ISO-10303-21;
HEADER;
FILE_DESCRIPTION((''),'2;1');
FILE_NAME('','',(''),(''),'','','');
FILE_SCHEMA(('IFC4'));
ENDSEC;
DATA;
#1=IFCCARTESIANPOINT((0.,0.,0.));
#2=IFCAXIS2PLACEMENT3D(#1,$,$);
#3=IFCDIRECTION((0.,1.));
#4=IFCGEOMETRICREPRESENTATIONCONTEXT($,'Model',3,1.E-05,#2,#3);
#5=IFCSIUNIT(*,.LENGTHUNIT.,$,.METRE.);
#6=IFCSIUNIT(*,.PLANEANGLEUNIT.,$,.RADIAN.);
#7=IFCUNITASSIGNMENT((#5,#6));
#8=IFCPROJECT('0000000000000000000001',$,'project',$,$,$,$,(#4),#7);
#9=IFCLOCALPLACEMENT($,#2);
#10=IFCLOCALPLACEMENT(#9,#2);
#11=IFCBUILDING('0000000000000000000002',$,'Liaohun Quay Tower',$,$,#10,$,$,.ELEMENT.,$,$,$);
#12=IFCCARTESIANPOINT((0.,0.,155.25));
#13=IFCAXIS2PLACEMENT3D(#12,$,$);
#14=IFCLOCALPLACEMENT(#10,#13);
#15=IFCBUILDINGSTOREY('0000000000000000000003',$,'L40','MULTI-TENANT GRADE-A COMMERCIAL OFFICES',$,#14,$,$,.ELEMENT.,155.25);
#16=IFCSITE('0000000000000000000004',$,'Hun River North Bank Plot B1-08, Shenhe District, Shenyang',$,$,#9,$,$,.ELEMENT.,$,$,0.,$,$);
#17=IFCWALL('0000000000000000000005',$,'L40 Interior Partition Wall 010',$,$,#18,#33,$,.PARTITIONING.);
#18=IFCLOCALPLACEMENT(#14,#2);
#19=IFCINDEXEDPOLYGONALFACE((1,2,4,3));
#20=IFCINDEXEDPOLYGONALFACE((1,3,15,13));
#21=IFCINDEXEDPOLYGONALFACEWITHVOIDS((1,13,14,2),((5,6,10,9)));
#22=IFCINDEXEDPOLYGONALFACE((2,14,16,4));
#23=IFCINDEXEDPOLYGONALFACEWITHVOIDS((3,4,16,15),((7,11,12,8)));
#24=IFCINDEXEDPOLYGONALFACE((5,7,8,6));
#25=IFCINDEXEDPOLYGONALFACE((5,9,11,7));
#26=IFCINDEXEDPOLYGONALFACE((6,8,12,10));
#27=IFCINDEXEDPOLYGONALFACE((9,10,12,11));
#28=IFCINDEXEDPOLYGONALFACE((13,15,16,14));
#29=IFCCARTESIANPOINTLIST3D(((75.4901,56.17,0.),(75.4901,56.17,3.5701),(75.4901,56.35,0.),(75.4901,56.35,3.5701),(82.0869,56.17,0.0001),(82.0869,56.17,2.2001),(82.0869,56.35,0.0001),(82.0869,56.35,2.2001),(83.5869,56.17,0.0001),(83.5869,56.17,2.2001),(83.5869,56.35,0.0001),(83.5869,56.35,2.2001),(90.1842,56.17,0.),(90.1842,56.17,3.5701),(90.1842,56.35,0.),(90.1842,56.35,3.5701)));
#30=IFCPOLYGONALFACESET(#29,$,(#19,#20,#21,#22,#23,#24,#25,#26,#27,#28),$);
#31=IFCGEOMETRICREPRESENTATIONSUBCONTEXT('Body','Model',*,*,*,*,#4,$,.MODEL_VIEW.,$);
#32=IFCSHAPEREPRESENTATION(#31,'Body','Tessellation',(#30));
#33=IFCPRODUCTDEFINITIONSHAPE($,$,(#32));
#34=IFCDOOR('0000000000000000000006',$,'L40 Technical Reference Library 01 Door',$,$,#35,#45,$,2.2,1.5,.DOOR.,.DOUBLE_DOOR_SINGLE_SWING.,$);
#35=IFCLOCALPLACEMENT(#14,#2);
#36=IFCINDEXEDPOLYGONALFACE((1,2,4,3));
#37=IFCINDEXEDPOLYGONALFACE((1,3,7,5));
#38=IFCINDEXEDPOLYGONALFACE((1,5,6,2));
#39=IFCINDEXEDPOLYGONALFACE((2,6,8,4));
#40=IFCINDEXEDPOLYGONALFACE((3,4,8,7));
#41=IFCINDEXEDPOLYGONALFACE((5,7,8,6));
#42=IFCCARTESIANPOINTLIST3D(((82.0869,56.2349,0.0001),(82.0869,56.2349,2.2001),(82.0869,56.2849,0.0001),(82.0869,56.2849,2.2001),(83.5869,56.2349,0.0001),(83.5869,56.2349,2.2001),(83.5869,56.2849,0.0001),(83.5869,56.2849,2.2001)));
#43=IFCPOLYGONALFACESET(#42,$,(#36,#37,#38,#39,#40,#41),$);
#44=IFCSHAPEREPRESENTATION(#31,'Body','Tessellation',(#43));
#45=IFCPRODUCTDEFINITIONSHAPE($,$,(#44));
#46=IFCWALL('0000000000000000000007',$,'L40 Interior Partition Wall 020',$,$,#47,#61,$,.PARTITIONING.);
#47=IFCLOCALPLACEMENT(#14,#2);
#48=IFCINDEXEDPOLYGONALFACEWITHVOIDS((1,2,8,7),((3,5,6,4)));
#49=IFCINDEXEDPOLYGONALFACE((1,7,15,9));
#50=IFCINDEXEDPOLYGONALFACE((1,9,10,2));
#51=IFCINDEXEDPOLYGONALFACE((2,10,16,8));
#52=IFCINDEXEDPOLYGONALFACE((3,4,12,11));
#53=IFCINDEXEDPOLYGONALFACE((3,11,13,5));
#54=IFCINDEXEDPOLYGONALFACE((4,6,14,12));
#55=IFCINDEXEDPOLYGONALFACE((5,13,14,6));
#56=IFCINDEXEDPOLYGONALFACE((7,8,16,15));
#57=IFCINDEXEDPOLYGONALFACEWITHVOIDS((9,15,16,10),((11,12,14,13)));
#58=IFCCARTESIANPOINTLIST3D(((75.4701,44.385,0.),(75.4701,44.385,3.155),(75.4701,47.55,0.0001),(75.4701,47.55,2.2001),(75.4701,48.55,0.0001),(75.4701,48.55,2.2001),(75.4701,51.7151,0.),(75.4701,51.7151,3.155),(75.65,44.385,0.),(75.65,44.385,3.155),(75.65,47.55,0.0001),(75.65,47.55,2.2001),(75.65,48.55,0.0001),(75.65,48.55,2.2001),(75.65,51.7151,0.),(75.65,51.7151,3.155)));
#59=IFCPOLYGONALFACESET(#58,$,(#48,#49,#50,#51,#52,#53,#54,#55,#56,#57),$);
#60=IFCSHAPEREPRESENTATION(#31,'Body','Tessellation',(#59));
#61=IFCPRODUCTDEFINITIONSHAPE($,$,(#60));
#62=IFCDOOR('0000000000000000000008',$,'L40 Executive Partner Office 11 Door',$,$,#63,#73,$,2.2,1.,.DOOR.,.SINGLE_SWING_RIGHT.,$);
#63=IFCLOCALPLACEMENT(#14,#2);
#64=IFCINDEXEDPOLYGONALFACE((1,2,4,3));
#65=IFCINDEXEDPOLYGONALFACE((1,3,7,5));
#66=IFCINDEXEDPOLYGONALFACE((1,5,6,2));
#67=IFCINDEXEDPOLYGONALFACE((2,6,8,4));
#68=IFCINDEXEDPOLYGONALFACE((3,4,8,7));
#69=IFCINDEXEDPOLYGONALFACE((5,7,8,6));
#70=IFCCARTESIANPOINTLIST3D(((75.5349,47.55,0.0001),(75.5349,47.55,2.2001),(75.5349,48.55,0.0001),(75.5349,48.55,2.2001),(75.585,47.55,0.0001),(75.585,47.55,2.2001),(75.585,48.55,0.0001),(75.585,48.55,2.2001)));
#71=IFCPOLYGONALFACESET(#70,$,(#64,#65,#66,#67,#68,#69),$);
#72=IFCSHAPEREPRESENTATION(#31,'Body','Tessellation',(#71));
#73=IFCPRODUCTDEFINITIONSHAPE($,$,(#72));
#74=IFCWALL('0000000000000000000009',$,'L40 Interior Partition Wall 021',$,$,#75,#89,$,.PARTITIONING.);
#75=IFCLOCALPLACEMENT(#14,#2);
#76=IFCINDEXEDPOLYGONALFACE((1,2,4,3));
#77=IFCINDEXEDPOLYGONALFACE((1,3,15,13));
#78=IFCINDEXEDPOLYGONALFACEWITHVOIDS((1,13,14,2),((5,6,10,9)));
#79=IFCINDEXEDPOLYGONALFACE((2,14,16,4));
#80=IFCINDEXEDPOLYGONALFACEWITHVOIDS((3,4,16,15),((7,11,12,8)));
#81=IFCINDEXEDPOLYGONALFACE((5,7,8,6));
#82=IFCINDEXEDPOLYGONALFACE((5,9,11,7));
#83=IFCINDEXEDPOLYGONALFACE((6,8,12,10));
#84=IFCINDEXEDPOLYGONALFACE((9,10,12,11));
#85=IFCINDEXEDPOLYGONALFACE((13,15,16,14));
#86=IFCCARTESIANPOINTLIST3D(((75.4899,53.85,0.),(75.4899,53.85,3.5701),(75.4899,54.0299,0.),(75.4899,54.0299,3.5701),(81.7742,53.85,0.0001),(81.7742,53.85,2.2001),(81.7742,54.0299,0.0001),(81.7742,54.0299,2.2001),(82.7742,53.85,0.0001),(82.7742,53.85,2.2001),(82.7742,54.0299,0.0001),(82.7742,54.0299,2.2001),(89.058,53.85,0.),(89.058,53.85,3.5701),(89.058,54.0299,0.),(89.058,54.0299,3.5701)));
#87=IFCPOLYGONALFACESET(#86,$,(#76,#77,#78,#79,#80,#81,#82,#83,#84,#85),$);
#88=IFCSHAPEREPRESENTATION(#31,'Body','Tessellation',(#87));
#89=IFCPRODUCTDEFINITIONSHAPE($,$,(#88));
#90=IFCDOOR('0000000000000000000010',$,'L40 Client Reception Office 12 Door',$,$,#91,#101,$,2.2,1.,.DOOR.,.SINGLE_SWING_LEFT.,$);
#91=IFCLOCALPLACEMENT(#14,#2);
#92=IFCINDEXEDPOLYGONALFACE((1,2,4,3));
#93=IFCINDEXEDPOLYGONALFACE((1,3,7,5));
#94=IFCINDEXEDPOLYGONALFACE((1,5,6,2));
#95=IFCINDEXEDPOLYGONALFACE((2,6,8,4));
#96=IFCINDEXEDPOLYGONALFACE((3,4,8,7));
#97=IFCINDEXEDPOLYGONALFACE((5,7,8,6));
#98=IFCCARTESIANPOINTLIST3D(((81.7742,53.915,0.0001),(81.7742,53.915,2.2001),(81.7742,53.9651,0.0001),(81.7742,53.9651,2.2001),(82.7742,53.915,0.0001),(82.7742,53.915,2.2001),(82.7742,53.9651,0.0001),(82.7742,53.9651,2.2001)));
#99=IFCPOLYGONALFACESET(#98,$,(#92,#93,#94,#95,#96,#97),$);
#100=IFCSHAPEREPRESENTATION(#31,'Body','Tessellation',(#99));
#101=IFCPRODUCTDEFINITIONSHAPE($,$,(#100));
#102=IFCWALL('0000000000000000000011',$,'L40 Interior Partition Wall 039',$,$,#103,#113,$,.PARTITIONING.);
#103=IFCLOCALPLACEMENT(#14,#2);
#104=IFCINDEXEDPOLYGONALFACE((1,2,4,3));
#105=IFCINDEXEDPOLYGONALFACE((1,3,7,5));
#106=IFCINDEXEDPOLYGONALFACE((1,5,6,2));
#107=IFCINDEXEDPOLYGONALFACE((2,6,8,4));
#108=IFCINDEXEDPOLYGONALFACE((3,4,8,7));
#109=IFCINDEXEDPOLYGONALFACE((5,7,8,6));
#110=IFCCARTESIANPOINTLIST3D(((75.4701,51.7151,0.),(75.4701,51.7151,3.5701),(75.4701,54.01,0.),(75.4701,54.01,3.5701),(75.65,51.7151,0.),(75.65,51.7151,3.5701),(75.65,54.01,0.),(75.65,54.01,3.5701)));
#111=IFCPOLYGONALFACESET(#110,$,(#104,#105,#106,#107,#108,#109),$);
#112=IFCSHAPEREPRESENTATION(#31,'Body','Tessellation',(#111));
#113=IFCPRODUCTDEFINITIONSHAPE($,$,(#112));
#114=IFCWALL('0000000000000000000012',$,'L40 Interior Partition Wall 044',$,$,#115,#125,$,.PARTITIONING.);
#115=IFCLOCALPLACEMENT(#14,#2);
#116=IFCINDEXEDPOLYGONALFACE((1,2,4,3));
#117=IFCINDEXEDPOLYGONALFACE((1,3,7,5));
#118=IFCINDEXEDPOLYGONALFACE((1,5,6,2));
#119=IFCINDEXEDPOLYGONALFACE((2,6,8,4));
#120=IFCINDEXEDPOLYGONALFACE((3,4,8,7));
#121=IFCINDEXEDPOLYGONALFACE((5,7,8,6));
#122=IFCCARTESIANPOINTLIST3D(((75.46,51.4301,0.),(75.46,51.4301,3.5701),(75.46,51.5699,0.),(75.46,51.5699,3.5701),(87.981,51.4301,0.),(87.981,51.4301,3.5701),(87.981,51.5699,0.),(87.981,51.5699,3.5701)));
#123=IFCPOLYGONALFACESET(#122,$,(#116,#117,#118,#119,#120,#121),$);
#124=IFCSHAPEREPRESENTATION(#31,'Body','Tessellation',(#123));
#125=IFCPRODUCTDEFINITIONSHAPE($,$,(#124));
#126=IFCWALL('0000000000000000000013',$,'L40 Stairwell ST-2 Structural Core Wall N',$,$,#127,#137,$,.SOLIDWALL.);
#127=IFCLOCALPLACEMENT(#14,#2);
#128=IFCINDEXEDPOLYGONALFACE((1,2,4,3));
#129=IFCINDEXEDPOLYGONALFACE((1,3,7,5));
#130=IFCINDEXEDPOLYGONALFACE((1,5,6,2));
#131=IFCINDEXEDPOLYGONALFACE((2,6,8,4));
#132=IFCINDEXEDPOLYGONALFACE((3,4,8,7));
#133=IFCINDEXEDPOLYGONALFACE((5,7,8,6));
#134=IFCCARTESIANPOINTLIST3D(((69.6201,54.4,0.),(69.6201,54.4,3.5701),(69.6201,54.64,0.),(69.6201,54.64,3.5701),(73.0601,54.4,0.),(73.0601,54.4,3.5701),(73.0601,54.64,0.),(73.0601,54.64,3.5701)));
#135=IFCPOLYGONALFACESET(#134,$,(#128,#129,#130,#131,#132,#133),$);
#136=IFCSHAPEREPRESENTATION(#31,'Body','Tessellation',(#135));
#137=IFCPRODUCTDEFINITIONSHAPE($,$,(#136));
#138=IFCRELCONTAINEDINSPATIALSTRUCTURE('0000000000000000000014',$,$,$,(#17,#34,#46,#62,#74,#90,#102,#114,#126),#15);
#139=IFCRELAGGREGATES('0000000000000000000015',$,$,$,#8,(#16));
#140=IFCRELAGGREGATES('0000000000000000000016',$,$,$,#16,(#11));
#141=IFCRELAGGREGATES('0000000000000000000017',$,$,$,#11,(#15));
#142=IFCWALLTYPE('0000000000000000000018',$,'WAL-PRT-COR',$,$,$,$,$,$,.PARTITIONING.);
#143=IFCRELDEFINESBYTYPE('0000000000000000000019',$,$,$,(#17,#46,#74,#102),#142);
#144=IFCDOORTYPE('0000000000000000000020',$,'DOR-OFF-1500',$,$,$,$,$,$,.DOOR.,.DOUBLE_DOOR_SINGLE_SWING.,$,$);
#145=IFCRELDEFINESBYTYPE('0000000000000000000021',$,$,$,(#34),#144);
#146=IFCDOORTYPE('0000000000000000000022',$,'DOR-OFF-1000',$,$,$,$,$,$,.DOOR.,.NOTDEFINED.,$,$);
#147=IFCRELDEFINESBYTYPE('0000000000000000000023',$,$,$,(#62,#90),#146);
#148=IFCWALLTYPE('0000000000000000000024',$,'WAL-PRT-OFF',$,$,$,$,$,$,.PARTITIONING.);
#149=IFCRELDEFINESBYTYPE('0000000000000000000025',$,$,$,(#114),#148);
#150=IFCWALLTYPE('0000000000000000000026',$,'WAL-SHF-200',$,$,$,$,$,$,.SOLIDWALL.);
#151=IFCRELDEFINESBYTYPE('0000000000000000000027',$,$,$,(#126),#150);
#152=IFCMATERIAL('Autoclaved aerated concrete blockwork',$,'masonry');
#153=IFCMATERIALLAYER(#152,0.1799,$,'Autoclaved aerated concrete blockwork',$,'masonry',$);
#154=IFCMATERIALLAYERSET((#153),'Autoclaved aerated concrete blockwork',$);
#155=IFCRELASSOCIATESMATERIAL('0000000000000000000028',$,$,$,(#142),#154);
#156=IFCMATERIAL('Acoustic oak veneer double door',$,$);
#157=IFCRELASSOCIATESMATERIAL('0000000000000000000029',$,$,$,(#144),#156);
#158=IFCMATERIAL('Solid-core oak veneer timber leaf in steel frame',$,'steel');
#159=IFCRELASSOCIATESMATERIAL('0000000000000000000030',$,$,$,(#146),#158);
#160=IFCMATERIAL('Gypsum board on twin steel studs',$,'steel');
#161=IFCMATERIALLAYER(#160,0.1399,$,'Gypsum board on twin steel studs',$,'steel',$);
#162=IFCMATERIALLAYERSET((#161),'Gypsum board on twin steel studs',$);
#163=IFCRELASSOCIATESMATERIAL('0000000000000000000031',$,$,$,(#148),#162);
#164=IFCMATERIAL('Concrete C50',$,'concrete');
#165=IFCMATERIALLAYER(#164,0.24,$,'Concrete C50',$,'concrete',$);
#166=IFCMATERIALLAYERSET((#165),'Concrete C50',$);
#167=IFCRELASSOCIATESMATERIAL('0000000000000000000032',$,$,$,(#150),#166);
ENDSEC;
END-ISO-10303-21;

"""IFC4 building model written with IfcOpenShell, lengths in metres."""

from ifc_helpers import new_model, si_unit, direction, frame, frame_2d, origin, place, context, subcontext, project, spatial, rectangle, extrude, source, transform, mapped, material, layer, layer_set, type_object, element, fill, save


model = new_model("IFC4")

# Units and contexts
model_context = context("Model", 3, precision=1e-05, world=origin(), true_north=direction((0.0, 1.0)))
body_context = subcontext(model_context, "Body", "Model", "MODEL_VIEW")
ifc_project = project(units=[si_unit("LENGTHUNIT", "METRE"), si_unit("PLANEANGLEUNIT", "RADIAN")], contexts=[model_context])

# Site, building, storey
site_placement = place(None, origin())
site = spatial("IfcSite", under=ifc_project, at=site_placement, Name="Hun River North Bank Plot B1-08, Shenhe District, Shenyang", CompositionType="ELEMENT", RefElevation=0.0)
building_placement = place(site_placement, origin())
building = spatial("IfcBuilding", under=site, at=building_placement, Name="Liaohun Quay Tower", CompositionType="ELEMENT")
storey_placement = place(building_placement, frame((0.0, 0.0, 155.25)))
storey = spatial("IfcBuildingStorey", under=building, at=storey_placement, Name="L40", Description="MULTI-TENANT GRADE-A COMMERCIAL OFFICES", CompositionType="ELEMENT", Elevation=155.25)

# Walls, openings, doors
ifc_material_1 = material(Name="Autoclaved aerated concrete blockwork", Category="masonry")
ifc_layer_1 = layer(ifc_material_1, 0.1799, Name="Autoclaved aerated concrete blockwork", Category="masonry")
ifc_layer_set_1 = layer_set([ifc_layer_1], Name="Autoclaved aerated concrete blockwork")
wall_type_1 = type_object("IfcWallType", Name="WAL-PRT-COR", PredefinedType="PARTITIONING", material=ifc_layer_set_1)
wall_1_placement = place(storey_placement, frame((75.49, 56.26, 0.0), z_axis=(0.0, 0.0, 1.0), x_axis=(1.0, 0.0, 0.0)))
wall_1 = element("IfcWall", 1, at=wall_1_placement, inside=storey, type_object=wall_type_1, Name="L40 Interior Partition Wall 010", PredefinedType="PARTITIONING", context=body_context, shape_type="SweptSolid", body=[
    extrude(rectangle(XDim=14.6941, YDim=0.1799, at=frame_2d((7.3472, 0.0))), origin(), (0.0, 0.0, 1.0), 3.5701),
])
shared_shape_1 = source(origin(), body_context, "Body", "SweptSolid", [
    extrude(rectangle(XDim=1.5, YDim=2.2, at=frame_2d((0.75, 1.1001))), frame((0.0, 0.0999, 0.0), z_axis=(0.0, -1.0, 0.0), x_axis=(1.0, 0.0, 0.0)), (0.0, 0.0, 1.0), 0.2),
])
opening_1_placement = place(wall_1_placement, frame((6.5969, 0.0, 0.0)))
opening_1 = element("IfcOpeningElement", 2, at=opening_1_placement, cuts=wall_1, PredefinedType="OPENING", context=body_context, shape_type="MappedRepresentation", body=[
    mapped(shared_shape_1, transform((0.0, 0.0, 0.0), x_axis=(1.0, 0.0, 0.0), y_axis=(0.0, 1.0, 0.0), z_axis=(0.0, 0.0, 1.0), scale=1.0)),
])
ifc_material_2 = material(Name="Acoustic oak veneer double door")
door_type_1 = type_object("IfcDoorType", Name="DOR-OFF-1500", OperationType="DOUBLE_DOOR_SINGLE_SWING", PredefinedType="DOOR", material=ifc_material_2)
shared_shape_2 = source(origin(), body_context, "Body", "SweptSolid", [
    extrude(rectangle(XDim=1.5, YDim=2.2, at=frame_2d((0.75, 1.1001))), frame((0.0, 0.0249, 0.0), z_axis=(0.0, -1.0, 0.0), x_axis=(1.0, 0.0, 0.0)), (0.0, 0.0, 1.0), 0.05),
])
door_1_placement = place(opening_1_placement, origin())
door_1 = element("IfcDoor", 3, at=door_1_placement, inside=storey, type_object=door_type_1, Name="L40 Technical Reference Library 01 Door", OperationType="DOUBLE_DOOR_SINGLE_SWING", OverallHeight=2.2, OverallWidth=1.5, PredefinedType="DOOR", context=body_context, shape_type="MappedRepresentation", body=[
    mapped(shared_shape_2, transform((0.0, 0.0, 0.0), x_axis=(1.0, 0.0, 0.0), y_axis=(0.0, 1.0, 0.0), z_axis=(0.0, 0.0, 1.0), scale=1.0)),
])
fill(opening_1, door_1)
wall_2_placement = place(storey_placement, frame((75.5601, 51.7151, 0.0), z_axis=(0.0, 0.0, 1.0), x_axis=(0.0, -1.0, 0.0)))
wall_2 = element("IfcWall", 4, at=wall_2_placement, inside=storey, type_object=wall_type_1, Name="L40 Interior Partition Wall 020", PredefinedType="PARTITIONING", context=body_context, shape_type="SweptSolid", body=[
    extrude(rectangle(XDim=7.3301, YDim=0.1799, at=frame_2d((3.665, 0.0))), origin(), (0.0, 0.0, 1.0), 3.155),
])
shared_shape_3 = source(origin(), body_context, "Body", "SweptSolid", [
    extrude(rectangle(XDim=1.0, YDim=2.2, at=frame_2d((0.5, 1.1001))), frame((0.0, 0.0999, 0.0), z_axis=(0.0, -1.0, 0.0), x_axis=(1.0, 0.0, 0.0)), (0.0, 0.0, 1.0), 0.2),
])
opening_2_placement = place(wall_2_placement, frame((3.165, 0.0, 0.0)))
opening_2 = element("IfcOpeningElement", 5, at=opening_2_placement, cuts=wall_2, PredefinedType="OPENING", context=body_context, shape_type="MappedRepresentation", body=[
    mapped(shared_shape_3, transform((0.0, 0.0, 0.0), x_axis=(1.0, 0.0, 0.0), y_axis=(0.0, 1.0, 0.0), z_axis=(0.0, 0.0, 1.0), scale=1.0)),
])
ifc_material_3 = material(Name="Solid-core oak veneer timber leaf in steel frame", Category="steel")
door_type_2 = type_object("IfcDoorType", Name="DOR-OFF-1000", OperationType="NOTDEFINED", PredefinedType="DOOR", material=ifc_material_3)
shared_shape_4 = source(origin(), body_context, "Body", "SweptSolid", [
    extrude(rectangle(XDim=1.0, YDim=2.2, at=frame_2d((0.5, 1.1001))), frame((0.0, 0.0249, 0.0), z_axis=(0.0, -1.0, 0.0), x_axis=(1.0, 0.0, 0.0)), (0.0, 0.0, 1.0), 0.05),
])
door_2_placement = place(opening_2_placement, origin())
door_2 = element("IfcDoor", 6, at=door_2_placement, inside=storey, type_object=door_type_2, Name="L40 Executive Partner Office 11 Door", OperationType="SINGLE_SWING_RIGHT", OverallHeight=2.2, OverallWidth=1.0, PredefinedType="DOOR", context=body_context, shape_type="MappedRepresentation", body=[
    mapped(shared_shape_4, transform((0.0, 0.0, 0.0), x_axis=(1.0, 0.0, 0.0), y_axis=(0.0, 1.0, 0.0), z_axis=(0.0, 0.0, 1.0), scale=1.0)),
])
fill(opening_2, door_2)
wall_3_placement = place(storey_placement, frame((89.0581, 53.9399, 0.0), z_axis=(0.0, 0.0, 1.0), x_axis=(-1.0, 0.0, 0.0)))
wall_3 = element("IfcWall", 7, at=wall_3_placement, inside=storey, type_object=wall_type_1, Name="L40 Interior Partition Wall 021", PredefinedType="PARTITIONING", context=body_context, shape_type="SweptSolid", body=[
    extrude(rectangle(XDim=13.5681, YDim=0.1799, at=frame_2d((6.7842, 0.0))), origin(), (0.0, 0.0, 1.0), 3.5701),
])
opening_3_placement = place(wall_3_placement, frame((6.2839, 0.0, 0.0)))
opening_3 = element("IfcOpeningElement", 8, at=opening_3_placement, cuts=wall_3, PredefinedType="OPENING", context=body_context, shape_type="MappedRepresentation", body=[
    mapped(shared_shape_3, transform((0.0, 0.0, 0.0), x_axis=(1.0, 0.0, 0.0), y_axis=(0.0, 1.0, 0.0), z_axis=(0.0, 0.0, 1.0), scale=1.0)),
])
door_3_placement = place(opening_3_placement, origin())
door_3 = element("IfcDoor", 9, at=door_3_placement, inside=storey, type_object=door_type_2, Name="L40 Client Reception Office 12 Door", OperationType="SINGLE_SWING_LEFT", OverallHeight=2.2, OverallWidth=1.0, PredefinedType="DOOR", context=body_context, shape_type="MappedRepresentation", body=[
    mapped(shared_shape_4, transform((0.0, 0.0, 0.0), x_axis=(1.0, 0.0, 0.0), y_axis=(0.0, 1.0, 0.0), z_axis=(0.0, 0.0, 1.0), scale=1.0)),
])
fill(opening_3, door_3)

# Walls
wall_4_placement = place(storey_placement, frame((75.5601, 54.01, 0.0), z_axis=(0.0, 0.0, 1.0), x_axis=(0.0, -1.0, 0.0)))
element("IfcWall", 10, at=wall_4_placement, inside=storey, type_object=wall_type_1, Name="L40 Interior Partition Wall 039", PredefinedType="PARTITIONING", context=body_context, shape_type="SweptSolid", body=[
    extrude(rectangle(XDim=2.2949, YDim=0.1799, at=frame_2d((1.1475, 0.0))), origin(), (0.0, 0.0, 1.0), 3.5701),
])
ifc_material_4 = material(Name="Gypsum board on twin steel studs", Category="steel")
ifc_layer_2 = layer(ifc_material_4, 0.1399, Name="Gypsum board on twin steel studs", Category="steel")
ifc_layer_set_2 = layer_set([ifc_layer_2], Name="Gypsum board on twin steel studs")
wall_type_2 = type_object("IfcWallType", Name="WAL-PRT-OFF", PredefinedType="PARTITIONING", material=ifc_layer_set_2)
wall_5_placement = place(storey_placement, frame((75.46, 51.5, 0.0), z_axis=(0.0, 0.0, 1.0), x_axis=(1.0, 0.0, 0.0)))
element("IfcWall", 11, at=wall_5_placement, inside=storey, type_object=wall_type_2, Name="L40 Interior Partition Wall 044", PredefinedType="PARTITIONING", context=body_context, shape_type="SweptSolid", body=[
    extrude(rectangle(XDim=12.521, YDim=0.1399, at=frame_2d((6.2605, 0.0))), origin(), (0.0, 0.0, 1.0), 3.5701),
])

# Wall
ifc_material_5 = material(Name="Concrete C50", Category="concrete")
ifc_layer_3 = layer(ifc_material_5, 0.24, Name="Concrete C50", Category="concrete")
ifc_layer_set_3 = layer_set([ifc_layer_3], Name="Concrete C50")
wall_type_3 = type_object("IfcWallType", Name="WAL-SHF-200", PredefinedType="SOLIDWALL", material=ifc_layer_set_3)
wall_6_placement = place(storey_placement, frame((73.0601, 54.52, 0.0), z_axis=(0.0, 0.0, 1.0), x_axis=(-1.0, 0.0, 0.0)))
element("IfcWall", 12, at=wall_6_placement, inside=storey, type_object=wall_type_3, Name="L40 Stairwell ST-2 Structural Core Wall N", PredefinedType="SOLIDWALL", context=body_context, shape_type="SweptSolid", body=[
    extrude(rectangle(XDim=3.4399, YDim=0.24, at=frame_2d((1.72, 0.0))), origin(), (0.0, 0.0, 1.0), 3.5701),
])

save(model, "model.ifc")
